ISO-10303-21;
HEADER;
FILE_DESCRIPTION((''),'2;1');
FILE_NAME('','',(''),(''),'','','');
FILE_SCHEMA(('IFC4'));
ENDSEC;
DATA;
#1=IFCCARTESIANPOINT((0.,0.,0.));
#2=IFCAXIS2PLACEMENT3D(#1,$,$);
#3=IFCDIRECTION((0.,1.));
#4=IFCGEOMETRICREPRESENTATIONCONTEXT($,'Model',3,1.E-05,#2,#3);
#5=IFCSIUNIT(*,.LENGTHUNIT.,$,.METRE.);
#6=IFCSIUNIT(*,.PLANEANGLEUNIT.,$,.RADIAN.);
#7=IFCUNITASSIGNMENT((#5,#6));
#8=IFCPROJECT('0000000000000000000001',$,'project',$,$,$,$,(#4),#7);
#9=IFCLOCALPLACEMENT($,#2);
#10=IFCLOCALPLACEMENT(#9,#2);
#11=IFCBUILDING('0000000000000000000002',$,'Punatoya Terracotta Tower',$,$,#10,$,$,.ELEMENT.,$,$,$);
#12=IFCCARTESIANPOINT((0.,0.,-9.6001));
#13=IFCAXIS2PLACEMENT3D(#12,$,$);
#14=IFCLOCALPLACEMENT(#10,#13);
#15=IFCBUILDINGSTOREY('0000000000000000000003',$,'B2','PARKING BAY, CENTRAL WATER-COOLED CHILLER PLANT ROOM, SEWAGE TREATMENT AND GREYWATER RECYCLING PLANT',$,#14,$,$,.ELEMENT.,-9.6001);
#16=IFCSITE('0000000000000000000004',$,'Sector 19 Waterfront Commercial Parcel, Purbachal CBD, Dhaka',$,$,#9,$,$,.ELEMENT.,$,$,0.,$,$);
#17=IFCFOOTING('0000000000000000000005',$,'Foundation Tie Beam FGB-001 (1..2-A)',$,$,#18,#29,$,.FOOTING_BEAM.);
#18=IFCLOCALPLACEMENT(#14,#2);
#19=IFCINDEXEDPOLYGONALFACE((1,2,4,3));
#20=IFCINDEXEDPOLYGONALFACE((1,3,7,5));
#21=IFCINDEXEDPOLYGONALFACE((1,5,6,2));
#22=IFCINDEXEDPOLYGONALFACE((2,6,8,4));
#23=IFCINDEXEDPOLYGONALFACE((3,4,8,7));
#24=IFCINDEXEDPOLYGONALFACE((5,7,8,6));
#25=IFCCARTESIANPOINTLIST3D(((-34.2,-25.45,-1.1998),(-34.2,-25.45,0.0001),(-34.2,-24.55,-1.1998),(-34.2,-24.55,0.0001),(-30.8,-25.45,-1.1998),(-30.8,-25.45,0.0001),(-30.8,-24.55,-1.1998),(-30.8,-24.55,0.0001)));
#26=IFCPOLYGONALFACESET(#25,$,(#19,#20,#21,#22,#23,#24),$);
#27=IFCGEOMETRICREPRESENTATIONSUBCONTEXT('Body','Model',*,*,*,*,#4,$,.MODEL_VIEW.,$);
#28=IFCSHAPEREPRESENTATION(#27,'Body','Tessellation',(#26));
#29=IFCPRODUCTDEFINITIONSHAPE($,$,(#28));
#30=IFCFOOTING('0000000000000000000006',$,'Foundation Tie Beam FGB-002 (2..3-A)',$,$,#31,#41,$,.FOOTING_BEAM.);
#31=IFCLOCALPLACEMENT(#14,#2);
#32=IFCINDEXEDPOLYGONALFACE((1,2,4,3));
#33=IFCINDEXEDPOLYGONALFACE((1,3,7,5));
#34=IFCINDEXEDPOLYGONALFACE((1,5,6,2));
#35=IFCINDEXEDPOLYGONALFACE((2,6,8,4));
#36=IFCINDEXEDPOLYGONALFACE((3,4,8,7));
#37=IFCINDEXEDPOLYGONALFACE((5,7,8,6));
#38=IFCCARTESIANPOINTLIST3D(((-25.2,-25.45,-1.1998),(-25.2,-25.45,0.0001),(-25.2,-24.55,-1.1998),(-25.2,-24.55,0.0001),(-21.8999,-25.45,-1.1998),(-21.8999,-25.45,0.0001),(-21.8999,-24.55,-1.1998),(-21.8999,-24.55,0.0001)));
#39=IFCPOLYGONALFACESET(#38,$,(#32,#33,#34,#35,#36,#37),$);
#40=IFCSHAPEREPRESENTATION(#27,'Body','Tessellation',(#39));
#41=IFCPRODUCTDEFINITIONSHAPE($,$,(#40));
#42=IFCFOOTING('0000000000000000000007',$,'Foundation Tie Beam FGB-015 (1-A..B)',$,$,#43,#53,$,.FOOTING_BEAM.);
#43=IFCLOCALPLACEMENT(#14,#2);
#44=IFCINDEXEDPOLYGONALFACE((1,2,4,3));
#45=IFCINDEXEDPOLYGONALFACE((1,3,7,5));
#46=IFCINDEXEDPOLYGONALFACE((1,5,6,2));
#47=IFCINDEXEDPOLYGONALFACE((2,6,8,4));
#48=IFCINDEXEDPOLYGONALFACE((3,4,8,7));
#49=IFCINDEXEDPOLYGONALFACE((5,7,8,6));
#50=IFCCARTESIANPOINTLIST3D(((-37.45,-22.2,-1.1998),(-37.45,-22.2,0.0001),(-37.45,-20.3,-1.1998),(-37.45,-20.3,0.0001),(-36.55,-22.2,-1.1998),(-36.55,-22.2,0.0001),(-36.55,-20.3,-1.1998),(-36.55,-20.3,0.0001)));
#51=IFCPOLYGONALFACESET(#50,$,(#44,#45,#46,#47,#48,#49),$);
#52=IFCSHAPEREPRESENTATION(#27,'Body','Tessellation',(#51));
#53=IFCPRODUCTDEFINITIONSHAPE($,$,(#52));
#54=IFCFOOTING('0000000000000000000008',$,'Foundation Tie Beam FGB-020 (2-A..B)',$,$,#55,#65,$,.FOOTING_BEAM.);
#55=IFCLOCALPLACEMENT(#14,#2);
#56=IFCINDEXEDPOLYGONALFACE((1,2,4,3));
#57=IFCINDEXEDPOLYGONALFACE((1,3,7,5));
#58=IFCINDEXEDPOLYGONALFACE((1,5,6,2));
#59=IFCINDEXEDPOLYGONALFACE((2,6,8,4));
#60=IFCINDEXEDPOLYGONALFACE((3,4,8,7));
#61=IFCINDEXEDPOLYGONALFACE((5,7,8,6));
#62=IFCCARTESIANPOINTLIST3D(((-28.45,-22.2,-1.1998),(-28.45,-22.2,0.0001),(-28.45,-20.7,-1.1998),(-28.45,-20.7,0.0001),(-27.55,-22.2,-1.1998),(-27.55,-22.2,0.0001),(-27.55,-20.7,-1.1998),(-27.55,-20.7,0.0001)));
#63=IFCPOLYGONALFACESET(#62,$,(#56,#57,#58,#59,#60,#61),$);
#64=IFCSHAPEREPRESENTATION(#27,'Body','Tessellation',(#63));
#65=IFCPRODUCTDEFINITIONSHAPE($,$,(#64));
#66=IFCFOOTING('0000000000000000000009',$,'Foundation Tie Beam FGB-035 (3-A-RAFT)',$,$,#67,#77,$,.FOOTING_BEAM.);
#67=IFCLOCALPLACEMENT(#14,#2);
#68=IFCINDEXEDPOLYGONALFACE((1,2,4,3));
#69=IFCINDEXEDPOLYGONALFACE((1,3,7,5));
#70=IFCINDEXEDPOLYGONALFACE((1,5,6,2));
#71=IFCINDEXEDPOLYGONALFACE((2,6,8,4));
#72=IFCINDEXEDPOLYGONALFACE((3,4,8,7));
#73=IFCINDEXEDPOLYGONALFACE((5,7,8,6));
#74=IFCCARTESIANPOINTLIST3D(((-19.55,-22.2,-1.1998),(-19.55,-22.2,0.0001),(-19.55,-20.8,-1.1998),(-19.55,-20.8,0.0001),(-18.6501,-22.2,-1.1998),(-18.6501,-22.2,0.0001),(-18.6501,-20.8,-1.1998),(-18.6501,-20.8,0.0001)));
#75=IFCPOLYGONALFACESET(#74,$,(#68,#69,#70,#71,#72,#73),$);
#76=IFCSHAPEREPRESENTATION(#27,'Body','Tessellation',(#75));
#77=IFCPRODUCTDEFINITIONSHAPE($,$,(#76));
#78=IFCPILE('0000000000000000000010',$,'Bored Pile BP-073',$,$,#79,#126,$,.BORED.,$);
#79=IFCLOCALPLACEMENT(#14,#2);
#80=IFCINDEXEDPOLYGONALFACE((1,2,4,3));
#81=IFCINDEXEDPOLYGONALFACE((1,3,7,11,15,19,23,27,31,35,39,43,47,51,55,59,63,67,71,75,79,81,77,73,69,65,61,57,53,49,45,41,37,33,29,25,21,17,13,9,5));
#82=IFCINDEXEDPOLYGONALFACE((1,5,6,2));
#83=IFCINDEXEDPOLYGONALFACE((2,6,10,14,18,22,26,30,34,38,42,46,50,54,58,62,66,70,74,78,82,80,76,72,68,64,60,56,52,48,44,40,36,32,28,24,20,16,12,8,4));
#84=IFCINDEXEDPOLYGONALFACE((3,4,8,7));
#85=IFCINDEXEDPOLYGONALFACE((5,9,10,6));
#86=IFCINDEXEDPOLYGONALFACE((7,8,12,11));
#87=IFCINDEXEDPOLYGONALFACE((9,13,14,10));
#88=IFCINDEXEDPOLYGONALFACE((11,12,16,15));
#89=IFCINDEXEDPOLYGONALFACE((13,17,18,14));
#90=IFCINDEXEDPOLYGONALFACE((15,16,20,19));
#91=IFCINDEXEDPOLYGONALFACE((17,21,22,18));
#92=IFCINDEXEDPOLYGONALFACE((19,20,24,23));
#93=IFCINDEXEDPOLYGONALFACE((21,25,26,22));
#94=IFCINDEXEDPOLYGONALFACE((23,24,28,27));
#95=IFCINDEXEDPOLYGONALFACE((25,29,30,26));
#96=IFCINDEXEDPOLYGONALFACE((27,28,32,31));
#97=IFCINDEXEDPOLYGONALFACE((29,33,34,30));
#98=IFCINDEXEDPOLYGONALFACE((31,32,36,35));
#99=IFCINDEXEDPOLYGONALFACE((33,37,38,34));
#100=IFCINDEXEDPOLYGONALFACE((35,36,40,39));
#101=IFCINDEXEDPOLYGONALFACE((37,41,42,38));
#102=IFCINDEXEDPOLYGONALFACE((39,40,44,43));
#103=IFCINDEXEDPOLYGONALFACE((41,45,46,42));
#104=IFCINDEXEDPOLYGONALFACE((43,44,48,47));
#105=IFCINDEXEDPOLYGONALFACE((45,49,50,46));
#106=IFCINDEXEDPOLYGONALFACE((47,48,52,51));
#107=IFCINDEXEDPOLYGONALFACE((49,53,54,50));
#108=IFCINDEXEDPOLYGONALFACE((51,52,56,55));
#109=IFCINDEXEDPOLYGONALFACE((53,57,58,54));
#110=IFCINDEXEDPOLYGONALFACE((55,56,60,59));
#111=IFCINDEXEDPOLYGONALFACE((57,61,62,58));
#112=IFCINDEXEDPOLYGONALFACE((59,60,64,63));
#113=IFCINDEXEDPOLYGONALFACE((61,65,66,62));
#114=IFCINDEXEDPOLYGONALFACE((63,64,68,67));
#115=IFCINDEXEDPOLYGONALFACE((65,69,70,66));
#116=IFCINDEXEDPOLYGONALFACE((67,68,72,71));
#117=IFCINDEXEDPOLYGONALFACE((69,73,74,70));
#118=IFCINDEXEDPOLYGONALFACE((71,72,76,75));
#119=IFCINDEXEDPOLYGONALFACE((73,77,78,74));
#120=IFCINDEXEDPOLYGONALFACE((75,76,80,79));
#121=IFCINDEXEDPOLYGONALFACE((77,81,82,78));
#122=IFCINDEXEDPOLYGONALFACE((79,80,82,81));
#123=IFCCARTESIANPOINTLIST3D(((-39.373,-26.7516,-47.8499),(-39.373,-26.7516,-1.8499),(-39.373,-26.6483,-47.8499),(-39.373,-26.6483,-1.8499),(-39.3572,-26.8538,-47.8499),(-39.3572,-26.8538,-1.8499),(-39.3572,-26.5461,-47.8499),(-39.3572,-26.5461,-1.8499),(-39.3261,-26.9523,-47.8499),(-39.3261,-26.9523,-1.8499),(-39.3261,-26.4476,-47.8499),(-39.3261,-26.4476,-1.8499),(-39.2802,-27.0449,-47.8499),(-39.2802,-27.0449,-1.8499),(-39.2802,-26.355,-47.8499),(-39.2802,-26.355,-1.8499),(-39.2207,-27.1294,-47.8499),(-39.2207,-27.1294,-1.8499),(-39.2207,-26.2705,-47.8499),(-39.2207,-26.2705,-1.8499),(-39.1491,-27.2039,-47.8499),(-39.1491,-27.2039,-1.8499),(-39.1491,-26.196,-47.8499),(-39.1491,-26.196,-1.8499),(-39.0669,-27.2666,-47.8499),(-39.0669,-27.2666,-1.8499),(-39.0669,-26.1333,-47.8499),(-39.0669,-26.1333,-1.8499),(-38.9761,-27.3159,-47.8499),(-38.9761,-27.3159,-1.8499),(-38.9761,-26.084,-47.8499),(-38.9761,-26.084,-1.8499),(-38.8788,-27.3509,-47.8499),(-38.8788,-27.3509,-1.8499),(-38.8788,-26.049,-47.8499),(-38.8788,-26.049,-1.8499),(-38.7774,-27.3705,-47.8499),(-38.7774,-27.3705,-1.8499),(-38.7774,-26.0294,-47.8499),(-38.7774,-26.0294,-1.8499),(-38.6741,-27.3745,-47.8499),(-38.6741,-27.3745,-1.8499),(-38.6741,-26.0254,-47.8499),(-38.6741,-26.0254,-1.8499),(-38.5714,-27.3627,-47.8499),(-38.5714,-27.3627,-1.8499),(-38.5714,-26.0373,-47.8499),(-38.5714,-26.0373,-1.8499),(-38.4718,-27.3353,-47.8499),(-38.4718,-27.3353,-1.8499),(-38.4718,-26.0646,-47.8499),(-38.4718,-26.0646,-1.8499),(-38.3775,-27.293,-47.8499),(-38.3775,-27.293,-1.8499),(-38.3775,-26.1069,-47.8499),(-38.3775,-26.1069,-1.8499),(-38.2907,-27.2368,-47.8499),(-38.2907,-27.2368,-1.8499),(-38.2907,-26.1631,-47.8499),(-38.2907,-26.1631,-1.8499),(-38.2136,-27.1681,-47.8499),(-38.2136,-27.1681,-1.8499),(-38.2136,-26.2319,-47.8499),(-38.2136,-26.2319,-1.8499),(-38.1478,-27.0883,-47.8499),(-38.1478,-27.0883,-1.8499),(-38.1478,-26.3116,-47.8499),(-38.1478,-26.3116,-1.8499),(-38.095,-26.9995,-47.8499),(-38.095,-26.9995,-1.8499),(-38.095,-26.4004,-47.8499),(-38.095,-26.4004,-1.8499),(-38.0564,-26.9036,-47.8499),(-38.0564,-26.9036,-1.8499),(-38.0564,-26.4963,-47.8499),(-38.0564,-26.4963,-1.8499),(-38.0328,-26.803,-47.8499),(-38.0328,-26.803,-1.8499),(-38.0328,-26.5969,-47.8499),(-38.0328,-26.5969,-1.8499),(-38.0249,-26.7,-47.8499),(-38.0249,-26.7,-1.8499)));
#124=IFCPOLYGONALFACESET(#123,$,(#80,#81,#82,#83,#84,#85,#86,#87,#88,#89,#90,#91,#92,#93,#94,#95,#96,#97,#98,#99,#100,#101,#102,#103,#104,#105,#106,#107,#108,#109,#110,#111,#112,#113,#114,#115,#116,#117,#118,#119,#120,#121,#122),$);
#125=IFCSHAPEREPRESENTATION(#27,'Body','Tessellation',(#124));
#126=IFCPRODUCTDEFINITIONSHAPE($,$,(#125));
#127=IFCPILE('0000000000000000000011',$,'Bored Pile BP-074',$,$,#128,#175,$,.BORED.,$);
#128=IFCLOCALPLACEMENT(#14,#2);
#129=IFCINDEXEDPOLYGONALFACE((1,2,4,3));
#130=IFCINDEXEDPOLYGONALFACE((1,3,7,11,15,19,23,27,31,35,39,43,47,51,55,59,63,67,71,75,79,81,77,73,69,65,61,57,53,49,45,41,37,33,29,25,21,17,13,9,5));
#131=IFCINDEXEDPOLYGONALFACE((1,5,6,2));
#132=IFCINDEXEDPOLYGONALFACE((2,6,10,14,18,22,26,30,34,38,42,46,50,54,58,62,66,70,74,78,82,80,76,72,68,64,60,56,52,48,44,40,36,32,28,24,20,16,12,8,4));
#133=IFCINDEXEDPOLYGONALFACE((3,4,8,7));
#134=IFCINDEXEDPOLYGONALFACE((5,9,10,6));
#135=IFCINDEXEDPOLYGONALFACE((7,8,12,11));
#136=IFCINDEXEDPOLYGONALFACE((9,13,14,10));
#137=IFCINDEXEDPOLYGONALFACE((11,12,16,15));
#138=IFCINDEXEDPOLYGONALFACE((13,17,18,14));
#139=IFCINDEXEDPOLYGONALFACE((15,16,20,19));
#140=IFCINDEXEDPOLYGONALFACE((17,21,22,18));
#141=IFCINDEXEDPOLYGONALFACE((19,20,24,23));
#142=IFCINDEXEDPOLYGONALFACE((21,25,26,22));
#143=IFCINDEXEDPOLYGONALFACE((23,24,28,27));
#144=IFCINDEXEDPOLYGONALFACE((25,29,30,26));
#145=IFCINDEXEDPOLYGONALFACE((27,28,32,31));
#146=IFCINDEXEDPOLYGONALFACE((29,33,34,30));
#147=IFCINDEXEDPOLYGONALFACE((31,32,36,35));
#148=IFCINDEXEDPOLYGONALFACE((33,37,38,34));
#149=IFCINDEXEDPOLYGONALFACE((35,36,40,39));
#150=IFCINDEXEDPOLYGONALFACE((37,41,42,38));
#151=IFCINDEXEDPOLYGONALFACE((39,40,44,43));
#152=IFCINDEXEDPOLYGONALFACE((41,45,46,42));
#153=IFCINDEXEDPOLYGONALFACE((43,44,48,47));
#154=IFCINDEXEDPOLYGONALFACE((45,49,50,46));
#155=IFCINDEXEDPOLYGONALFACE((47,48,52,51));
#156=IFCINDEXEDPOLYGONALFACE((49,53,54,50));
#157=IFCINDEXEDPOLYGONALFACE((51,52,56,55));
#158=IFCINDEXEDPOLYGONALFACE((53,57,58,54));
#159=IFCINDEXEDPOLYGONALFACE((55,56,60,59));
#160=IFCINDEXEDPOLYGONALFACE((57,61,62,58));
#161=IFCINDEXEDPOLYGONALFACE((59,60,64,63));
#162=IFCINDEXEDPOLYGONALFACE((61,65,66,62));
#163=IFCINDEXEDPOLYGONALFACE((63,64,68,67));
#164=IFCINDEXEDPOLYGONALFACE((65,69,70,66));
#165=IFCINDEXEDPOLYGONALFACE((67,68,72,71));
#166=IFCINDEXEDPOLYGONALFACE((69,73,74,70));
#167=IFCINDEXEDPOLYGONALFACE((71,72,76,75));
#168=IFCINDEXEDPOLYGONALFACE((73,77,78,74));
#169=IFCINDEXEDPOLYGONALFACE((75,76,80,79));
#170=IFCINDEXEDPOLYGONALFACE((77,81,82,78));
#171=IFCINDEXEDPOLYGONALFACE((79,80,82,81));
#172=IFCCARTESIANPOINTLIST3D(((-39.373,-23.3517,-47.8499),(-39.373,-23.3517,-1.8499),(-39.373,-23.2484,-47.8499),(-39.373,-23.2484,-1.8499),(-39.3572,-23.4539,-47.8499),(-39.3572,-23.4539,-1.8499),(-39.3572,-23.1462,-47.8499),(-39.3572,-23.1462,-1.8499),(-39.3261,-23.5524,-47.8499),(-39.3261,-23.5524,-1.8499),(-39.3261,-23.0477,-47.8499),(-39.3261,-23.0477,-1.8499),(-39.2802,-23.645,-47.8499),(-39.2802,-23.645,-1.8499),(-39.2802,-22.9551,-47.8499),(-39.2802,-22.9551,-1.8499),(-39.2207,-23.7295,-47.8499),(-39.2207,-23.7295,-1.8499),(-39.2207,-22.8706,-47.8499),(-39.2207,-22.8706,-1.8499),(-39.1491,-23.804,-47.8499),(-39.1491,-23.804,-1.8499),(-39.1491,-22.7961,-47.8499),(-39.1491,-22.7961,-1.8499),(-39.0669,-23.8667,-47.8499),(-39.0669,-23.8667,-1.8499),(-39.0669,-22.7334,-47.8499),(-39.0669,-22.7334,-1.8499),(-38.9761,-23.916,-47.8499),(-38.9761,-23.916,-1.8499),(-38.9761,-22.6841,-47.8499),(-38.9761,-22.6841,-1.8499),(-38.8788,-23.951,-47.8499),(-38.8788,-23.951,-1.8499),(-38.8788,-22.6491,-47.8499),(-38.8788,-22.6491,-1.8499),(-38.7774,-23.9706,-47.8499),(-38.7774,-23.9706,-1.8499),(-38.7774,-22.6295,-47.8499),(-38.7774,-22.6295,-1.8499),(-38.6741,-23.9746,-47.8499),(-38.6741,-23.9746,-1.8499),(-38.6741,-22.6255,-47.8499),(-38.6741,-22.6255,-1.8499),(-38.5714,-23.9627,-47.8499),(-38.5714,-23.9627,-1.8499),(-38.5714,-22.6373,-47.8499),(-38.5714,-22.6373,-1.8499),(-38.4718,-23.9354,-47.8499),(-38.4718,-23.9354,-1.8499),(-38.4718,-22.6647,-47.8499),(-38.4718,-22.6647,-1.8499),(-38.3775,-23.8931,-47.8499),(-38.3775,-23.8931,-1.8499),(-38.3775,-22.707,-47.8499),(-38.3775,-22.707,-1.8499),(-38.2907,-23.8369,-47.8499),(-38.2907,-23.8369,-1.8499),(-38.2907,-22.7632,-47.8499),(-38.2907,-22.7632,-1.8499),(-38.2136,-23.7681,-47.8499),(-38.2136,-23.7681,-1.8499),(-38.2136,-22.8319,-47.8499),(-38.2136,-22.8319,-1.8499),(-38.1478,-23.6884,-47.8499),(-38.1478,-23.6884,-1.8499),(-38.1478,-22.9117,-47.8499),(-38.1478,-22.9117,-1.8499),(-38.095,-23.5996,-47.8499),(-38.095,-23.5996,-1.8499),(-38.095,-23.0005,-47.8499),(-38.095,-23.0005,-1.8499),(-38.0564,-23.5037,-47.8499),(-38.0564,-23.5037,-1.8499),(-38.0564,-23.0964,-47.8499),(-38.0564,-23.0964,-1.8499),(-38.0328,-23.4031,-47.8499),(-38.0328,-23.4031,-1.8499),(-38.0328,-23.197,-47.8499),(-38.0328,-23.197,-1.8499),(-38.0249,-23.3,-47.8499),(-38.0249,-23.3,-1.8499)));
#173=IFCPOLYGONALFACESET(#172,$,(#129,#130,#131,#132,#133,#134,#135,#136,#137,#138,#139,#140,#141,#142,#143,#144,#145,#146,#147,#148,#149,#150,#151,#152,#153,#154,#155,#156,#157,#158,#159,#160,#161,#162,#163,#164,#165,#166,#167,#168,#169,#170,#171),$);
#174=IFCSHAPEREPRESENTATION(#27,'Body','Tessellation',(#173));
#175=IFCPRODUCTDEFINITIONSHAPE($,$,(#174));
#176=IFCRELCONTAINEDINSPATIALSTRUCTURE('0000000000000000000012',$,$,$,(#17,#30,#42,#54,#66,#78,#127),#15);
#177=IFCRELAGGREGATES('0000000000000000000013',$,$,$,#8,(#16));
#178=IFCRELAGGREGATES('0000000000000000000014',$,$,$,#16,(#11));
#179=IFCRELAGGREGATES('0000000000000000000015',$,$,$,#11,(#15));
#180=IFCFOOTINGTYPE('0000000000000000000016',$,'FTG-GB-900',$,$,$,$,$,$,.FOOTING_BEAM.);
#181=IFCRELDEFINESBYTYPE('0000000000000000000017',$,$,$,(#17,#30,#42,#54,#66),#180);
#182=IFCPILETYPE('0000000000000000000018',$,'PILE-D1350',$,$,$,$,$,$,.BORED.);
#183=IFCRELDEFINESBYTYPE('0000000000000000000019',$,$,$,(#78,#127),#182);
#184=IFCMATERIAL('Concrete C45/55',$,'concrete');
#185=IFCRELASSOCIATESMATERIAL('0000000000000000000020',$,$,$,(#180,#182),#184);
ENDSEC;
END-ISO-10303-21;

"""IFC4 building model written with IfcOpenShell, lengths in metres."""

from ifc_helpers import new_model, si_unit, direction, frame, origin, origin_2d, place, context, subcontext, project, spatial, rectangle, circle, extrude, material, material_profile, profile_set, type_object, element, save


model = new_model("IFC4")

# Units and contexts
model_context = context("Model", 3, precision=1e-05, world=origin(), true_north=direction((0.0, 1.0)))
body_context = subcontext(model_context, "Body", "Model", "MODEL_VIEW")
ifc_project = project(units=[si_unit("LENGTHUNIT", "METRE"), si_unit("PLANEANGLEUNIT", "RADIAN")], contexts=[model_context])

# Site, building, storey
site_placement = place(None, origin())
site = spatial("IfcSite", under=ifc_project, at=site_placement, Name="Sector 19 Waterfront Commercial Parcel, Purbachal CBD, Dhaka", CompositionType="ELEMENT", RefElevation=0.0)
building_placement = place(site_placement, origin())
building = spatial("IfcBuilding", under=site, at=building_placement, Name="Punatoya Terracotta Tower", CompositionType="ELEMENT")
storey_placement = place(building_placement, frame((0.0, 0.0, -9.6001)))
storey = spatial("IfcBuildingStorey", under=building, at=storey_placement, Name="B2", Description="PARKING BAY, CENTRAL WATER-COOLED CHILLER PLANT ROOM, SEWAGE TREATMENT AND GREYWATER RECYCLING PLANT", CompositionType="ELEMENT", Elevation=-9.6001)

# Footings
ifc_material_1 = material(Name="Concrete C45/55", Category="concrete")
ifc_material_profile_1 = material_profile(ifc_material_1, rectangle(XDim=0.8999, YDim=1.2, at=origin_2d()))
ifc_profile_set_1 = profile_set([ifc_material_profile_1], Name="Concrete C45/55")
footing_type = type_object("IfcFootingType", Name="FTG-GB-900", PredefinedType="FOOTING_BEAM", material=ifc_profile_set_1)
footing_1_placement = place(storey_placement, frame((-34.2, -25.0, -0.5999), z_axis=(1.0, 0.0, 0.0), x_axis=(0.0, 1.0, 0.0)))
element("IfcFooting", 1, at=footing_1_placement, inside=storey, type_object=footing_type, Name="Foundation Tie Beam FGB-001 (1..2-A)", PredefinedType="FOOTING_BEAM", context=body_context, shape_type="SweptSolid", body=[
    extrude(rectangle(XDim=0.8999, YDim=1.2, at=origin_2d()), origin(), (0.0, 0.0, 1.0), 3.3999),
])
footing_2_placement = place(storey_placement, frame((-25.2, -25.0, -0.5999), z_axis=(1.0, 0.0, 0.0), x_axis=(0.0, 1.0, 0.0)))
element("IfcFooting", 2, at=footing_2_placement, inside=storey, type_object=footing_type, Name="Foundation Tie Beam FGB-002 (2..3-A)", PredefinedType="FOOTING_BEAM", context=body_context, shape_type="SweptSolid", body=[
    extrude(rectangle(XDim=0.8999, YDim=1.2, at=origin_2d()), origin(), (0.0, 0.0, 1.0), 3.3),
])
footing_3_placement = place(storey_placement, frame((-37.0, -22.2, -0.5999), z_axis=(0.0, 1.0, 0.0), x_axis=(-1.0, 0.0, 0.0)))
element("IfcFooting", 3, at=footing_3_placement, inside=storey, type_object=footing_type, Name="Foundation Tie Beam FGB-015 (1-A..B)", PredefinedType="FOOTING_BEAM", context=body_context, shape_type="SweptSolid", body=[
    extrude(rectangle(XDim=0.8999, YDim=1.2, at=origin_2d()), origin(), (0.0, 0.0, 1.0), 1.8999),
])
footing_4_placement = place(storey_placement, frame((-28.0, -22.2, -0.5999), z_axis=(0.0, 1.0, 0.0), x_axis=(-1.0, 0.0, 0.0)))
element("IfcFooting", 4, at=footing_4_placement, inside=storey, type_object=footing_type, Name="Foundation Tie Beam FGB-020 (2-A..B)", PredefinedType="FOOTING_BEAM", context=body_context, shape_type="SweptSolid", body=[
    extrude(rectangle(XDim=0.8999, YDim=1.2, at=origin_2d()), origin(), (0.0, 0.0, 1.0), 1.5),
])
footing_5_placement = place(storey_placement, frame((-19.1001, -22.2, -0.5999), z_axis=(0.0, 1.0, 0.0), x_axis=(-1.0, 0.0, 0.0)))
element("IfcFooting", 5, at=footing_5_placement, inside=storey, type_object=footing_type, Name="Foundation Tie Beam FGB-035 (3-A-RAFT)", PredefinedType="FOOTING_BEAM", context=body_context, shape_type="SweptSolid", body=[
    extrude(rectangle(XDim=0.8999, YDim=1.2, at=origin_2d()), origin(), (0.0, 0.0, 1.0), 1.3999),
])

# Piles
ifc_material_profile_2 = material_profile(ifc_material_1, circle(Radius=0.675, at=origin_2d()))
ifc_profile_set_2 = profile_set([ifc_material_profile_2], Name="Concrete C45/55")
pile_type_1 = type_object("IfcPileType", Name="PILE-D1350", PredefinedType="BORED", material=ifc_profile_set_2)
for number, where, z_axis, x_axis, name in (
    (6, (-38.7, -26.7, -1.8499), (0.0, 0.0, -1.0), (1.0, 0.0, 0.0), "Bored Pile BP-073"),
    (7, (-38.7, -23.3, -1.8499), (0.0, 0.0, -1.0), (1.0, 0.0, 0.0), "Bored Pile BP-074"),
):
    element("IfcPile", number, at=place(storey_placement, frame(where, z_axis=z_axis, x_axis=x_axis)), inside=storey, type_object=pile_type_1, Name=name, PredefinedType="BORED", context=body_context, shape_type="SweptSolid", body=[
        extrude(circle(Radius=0.675, at=origin_2d()), origin(), (0.0, 0.0, 1.0), 46.0),
    ])

save(model, "model.ifc")
